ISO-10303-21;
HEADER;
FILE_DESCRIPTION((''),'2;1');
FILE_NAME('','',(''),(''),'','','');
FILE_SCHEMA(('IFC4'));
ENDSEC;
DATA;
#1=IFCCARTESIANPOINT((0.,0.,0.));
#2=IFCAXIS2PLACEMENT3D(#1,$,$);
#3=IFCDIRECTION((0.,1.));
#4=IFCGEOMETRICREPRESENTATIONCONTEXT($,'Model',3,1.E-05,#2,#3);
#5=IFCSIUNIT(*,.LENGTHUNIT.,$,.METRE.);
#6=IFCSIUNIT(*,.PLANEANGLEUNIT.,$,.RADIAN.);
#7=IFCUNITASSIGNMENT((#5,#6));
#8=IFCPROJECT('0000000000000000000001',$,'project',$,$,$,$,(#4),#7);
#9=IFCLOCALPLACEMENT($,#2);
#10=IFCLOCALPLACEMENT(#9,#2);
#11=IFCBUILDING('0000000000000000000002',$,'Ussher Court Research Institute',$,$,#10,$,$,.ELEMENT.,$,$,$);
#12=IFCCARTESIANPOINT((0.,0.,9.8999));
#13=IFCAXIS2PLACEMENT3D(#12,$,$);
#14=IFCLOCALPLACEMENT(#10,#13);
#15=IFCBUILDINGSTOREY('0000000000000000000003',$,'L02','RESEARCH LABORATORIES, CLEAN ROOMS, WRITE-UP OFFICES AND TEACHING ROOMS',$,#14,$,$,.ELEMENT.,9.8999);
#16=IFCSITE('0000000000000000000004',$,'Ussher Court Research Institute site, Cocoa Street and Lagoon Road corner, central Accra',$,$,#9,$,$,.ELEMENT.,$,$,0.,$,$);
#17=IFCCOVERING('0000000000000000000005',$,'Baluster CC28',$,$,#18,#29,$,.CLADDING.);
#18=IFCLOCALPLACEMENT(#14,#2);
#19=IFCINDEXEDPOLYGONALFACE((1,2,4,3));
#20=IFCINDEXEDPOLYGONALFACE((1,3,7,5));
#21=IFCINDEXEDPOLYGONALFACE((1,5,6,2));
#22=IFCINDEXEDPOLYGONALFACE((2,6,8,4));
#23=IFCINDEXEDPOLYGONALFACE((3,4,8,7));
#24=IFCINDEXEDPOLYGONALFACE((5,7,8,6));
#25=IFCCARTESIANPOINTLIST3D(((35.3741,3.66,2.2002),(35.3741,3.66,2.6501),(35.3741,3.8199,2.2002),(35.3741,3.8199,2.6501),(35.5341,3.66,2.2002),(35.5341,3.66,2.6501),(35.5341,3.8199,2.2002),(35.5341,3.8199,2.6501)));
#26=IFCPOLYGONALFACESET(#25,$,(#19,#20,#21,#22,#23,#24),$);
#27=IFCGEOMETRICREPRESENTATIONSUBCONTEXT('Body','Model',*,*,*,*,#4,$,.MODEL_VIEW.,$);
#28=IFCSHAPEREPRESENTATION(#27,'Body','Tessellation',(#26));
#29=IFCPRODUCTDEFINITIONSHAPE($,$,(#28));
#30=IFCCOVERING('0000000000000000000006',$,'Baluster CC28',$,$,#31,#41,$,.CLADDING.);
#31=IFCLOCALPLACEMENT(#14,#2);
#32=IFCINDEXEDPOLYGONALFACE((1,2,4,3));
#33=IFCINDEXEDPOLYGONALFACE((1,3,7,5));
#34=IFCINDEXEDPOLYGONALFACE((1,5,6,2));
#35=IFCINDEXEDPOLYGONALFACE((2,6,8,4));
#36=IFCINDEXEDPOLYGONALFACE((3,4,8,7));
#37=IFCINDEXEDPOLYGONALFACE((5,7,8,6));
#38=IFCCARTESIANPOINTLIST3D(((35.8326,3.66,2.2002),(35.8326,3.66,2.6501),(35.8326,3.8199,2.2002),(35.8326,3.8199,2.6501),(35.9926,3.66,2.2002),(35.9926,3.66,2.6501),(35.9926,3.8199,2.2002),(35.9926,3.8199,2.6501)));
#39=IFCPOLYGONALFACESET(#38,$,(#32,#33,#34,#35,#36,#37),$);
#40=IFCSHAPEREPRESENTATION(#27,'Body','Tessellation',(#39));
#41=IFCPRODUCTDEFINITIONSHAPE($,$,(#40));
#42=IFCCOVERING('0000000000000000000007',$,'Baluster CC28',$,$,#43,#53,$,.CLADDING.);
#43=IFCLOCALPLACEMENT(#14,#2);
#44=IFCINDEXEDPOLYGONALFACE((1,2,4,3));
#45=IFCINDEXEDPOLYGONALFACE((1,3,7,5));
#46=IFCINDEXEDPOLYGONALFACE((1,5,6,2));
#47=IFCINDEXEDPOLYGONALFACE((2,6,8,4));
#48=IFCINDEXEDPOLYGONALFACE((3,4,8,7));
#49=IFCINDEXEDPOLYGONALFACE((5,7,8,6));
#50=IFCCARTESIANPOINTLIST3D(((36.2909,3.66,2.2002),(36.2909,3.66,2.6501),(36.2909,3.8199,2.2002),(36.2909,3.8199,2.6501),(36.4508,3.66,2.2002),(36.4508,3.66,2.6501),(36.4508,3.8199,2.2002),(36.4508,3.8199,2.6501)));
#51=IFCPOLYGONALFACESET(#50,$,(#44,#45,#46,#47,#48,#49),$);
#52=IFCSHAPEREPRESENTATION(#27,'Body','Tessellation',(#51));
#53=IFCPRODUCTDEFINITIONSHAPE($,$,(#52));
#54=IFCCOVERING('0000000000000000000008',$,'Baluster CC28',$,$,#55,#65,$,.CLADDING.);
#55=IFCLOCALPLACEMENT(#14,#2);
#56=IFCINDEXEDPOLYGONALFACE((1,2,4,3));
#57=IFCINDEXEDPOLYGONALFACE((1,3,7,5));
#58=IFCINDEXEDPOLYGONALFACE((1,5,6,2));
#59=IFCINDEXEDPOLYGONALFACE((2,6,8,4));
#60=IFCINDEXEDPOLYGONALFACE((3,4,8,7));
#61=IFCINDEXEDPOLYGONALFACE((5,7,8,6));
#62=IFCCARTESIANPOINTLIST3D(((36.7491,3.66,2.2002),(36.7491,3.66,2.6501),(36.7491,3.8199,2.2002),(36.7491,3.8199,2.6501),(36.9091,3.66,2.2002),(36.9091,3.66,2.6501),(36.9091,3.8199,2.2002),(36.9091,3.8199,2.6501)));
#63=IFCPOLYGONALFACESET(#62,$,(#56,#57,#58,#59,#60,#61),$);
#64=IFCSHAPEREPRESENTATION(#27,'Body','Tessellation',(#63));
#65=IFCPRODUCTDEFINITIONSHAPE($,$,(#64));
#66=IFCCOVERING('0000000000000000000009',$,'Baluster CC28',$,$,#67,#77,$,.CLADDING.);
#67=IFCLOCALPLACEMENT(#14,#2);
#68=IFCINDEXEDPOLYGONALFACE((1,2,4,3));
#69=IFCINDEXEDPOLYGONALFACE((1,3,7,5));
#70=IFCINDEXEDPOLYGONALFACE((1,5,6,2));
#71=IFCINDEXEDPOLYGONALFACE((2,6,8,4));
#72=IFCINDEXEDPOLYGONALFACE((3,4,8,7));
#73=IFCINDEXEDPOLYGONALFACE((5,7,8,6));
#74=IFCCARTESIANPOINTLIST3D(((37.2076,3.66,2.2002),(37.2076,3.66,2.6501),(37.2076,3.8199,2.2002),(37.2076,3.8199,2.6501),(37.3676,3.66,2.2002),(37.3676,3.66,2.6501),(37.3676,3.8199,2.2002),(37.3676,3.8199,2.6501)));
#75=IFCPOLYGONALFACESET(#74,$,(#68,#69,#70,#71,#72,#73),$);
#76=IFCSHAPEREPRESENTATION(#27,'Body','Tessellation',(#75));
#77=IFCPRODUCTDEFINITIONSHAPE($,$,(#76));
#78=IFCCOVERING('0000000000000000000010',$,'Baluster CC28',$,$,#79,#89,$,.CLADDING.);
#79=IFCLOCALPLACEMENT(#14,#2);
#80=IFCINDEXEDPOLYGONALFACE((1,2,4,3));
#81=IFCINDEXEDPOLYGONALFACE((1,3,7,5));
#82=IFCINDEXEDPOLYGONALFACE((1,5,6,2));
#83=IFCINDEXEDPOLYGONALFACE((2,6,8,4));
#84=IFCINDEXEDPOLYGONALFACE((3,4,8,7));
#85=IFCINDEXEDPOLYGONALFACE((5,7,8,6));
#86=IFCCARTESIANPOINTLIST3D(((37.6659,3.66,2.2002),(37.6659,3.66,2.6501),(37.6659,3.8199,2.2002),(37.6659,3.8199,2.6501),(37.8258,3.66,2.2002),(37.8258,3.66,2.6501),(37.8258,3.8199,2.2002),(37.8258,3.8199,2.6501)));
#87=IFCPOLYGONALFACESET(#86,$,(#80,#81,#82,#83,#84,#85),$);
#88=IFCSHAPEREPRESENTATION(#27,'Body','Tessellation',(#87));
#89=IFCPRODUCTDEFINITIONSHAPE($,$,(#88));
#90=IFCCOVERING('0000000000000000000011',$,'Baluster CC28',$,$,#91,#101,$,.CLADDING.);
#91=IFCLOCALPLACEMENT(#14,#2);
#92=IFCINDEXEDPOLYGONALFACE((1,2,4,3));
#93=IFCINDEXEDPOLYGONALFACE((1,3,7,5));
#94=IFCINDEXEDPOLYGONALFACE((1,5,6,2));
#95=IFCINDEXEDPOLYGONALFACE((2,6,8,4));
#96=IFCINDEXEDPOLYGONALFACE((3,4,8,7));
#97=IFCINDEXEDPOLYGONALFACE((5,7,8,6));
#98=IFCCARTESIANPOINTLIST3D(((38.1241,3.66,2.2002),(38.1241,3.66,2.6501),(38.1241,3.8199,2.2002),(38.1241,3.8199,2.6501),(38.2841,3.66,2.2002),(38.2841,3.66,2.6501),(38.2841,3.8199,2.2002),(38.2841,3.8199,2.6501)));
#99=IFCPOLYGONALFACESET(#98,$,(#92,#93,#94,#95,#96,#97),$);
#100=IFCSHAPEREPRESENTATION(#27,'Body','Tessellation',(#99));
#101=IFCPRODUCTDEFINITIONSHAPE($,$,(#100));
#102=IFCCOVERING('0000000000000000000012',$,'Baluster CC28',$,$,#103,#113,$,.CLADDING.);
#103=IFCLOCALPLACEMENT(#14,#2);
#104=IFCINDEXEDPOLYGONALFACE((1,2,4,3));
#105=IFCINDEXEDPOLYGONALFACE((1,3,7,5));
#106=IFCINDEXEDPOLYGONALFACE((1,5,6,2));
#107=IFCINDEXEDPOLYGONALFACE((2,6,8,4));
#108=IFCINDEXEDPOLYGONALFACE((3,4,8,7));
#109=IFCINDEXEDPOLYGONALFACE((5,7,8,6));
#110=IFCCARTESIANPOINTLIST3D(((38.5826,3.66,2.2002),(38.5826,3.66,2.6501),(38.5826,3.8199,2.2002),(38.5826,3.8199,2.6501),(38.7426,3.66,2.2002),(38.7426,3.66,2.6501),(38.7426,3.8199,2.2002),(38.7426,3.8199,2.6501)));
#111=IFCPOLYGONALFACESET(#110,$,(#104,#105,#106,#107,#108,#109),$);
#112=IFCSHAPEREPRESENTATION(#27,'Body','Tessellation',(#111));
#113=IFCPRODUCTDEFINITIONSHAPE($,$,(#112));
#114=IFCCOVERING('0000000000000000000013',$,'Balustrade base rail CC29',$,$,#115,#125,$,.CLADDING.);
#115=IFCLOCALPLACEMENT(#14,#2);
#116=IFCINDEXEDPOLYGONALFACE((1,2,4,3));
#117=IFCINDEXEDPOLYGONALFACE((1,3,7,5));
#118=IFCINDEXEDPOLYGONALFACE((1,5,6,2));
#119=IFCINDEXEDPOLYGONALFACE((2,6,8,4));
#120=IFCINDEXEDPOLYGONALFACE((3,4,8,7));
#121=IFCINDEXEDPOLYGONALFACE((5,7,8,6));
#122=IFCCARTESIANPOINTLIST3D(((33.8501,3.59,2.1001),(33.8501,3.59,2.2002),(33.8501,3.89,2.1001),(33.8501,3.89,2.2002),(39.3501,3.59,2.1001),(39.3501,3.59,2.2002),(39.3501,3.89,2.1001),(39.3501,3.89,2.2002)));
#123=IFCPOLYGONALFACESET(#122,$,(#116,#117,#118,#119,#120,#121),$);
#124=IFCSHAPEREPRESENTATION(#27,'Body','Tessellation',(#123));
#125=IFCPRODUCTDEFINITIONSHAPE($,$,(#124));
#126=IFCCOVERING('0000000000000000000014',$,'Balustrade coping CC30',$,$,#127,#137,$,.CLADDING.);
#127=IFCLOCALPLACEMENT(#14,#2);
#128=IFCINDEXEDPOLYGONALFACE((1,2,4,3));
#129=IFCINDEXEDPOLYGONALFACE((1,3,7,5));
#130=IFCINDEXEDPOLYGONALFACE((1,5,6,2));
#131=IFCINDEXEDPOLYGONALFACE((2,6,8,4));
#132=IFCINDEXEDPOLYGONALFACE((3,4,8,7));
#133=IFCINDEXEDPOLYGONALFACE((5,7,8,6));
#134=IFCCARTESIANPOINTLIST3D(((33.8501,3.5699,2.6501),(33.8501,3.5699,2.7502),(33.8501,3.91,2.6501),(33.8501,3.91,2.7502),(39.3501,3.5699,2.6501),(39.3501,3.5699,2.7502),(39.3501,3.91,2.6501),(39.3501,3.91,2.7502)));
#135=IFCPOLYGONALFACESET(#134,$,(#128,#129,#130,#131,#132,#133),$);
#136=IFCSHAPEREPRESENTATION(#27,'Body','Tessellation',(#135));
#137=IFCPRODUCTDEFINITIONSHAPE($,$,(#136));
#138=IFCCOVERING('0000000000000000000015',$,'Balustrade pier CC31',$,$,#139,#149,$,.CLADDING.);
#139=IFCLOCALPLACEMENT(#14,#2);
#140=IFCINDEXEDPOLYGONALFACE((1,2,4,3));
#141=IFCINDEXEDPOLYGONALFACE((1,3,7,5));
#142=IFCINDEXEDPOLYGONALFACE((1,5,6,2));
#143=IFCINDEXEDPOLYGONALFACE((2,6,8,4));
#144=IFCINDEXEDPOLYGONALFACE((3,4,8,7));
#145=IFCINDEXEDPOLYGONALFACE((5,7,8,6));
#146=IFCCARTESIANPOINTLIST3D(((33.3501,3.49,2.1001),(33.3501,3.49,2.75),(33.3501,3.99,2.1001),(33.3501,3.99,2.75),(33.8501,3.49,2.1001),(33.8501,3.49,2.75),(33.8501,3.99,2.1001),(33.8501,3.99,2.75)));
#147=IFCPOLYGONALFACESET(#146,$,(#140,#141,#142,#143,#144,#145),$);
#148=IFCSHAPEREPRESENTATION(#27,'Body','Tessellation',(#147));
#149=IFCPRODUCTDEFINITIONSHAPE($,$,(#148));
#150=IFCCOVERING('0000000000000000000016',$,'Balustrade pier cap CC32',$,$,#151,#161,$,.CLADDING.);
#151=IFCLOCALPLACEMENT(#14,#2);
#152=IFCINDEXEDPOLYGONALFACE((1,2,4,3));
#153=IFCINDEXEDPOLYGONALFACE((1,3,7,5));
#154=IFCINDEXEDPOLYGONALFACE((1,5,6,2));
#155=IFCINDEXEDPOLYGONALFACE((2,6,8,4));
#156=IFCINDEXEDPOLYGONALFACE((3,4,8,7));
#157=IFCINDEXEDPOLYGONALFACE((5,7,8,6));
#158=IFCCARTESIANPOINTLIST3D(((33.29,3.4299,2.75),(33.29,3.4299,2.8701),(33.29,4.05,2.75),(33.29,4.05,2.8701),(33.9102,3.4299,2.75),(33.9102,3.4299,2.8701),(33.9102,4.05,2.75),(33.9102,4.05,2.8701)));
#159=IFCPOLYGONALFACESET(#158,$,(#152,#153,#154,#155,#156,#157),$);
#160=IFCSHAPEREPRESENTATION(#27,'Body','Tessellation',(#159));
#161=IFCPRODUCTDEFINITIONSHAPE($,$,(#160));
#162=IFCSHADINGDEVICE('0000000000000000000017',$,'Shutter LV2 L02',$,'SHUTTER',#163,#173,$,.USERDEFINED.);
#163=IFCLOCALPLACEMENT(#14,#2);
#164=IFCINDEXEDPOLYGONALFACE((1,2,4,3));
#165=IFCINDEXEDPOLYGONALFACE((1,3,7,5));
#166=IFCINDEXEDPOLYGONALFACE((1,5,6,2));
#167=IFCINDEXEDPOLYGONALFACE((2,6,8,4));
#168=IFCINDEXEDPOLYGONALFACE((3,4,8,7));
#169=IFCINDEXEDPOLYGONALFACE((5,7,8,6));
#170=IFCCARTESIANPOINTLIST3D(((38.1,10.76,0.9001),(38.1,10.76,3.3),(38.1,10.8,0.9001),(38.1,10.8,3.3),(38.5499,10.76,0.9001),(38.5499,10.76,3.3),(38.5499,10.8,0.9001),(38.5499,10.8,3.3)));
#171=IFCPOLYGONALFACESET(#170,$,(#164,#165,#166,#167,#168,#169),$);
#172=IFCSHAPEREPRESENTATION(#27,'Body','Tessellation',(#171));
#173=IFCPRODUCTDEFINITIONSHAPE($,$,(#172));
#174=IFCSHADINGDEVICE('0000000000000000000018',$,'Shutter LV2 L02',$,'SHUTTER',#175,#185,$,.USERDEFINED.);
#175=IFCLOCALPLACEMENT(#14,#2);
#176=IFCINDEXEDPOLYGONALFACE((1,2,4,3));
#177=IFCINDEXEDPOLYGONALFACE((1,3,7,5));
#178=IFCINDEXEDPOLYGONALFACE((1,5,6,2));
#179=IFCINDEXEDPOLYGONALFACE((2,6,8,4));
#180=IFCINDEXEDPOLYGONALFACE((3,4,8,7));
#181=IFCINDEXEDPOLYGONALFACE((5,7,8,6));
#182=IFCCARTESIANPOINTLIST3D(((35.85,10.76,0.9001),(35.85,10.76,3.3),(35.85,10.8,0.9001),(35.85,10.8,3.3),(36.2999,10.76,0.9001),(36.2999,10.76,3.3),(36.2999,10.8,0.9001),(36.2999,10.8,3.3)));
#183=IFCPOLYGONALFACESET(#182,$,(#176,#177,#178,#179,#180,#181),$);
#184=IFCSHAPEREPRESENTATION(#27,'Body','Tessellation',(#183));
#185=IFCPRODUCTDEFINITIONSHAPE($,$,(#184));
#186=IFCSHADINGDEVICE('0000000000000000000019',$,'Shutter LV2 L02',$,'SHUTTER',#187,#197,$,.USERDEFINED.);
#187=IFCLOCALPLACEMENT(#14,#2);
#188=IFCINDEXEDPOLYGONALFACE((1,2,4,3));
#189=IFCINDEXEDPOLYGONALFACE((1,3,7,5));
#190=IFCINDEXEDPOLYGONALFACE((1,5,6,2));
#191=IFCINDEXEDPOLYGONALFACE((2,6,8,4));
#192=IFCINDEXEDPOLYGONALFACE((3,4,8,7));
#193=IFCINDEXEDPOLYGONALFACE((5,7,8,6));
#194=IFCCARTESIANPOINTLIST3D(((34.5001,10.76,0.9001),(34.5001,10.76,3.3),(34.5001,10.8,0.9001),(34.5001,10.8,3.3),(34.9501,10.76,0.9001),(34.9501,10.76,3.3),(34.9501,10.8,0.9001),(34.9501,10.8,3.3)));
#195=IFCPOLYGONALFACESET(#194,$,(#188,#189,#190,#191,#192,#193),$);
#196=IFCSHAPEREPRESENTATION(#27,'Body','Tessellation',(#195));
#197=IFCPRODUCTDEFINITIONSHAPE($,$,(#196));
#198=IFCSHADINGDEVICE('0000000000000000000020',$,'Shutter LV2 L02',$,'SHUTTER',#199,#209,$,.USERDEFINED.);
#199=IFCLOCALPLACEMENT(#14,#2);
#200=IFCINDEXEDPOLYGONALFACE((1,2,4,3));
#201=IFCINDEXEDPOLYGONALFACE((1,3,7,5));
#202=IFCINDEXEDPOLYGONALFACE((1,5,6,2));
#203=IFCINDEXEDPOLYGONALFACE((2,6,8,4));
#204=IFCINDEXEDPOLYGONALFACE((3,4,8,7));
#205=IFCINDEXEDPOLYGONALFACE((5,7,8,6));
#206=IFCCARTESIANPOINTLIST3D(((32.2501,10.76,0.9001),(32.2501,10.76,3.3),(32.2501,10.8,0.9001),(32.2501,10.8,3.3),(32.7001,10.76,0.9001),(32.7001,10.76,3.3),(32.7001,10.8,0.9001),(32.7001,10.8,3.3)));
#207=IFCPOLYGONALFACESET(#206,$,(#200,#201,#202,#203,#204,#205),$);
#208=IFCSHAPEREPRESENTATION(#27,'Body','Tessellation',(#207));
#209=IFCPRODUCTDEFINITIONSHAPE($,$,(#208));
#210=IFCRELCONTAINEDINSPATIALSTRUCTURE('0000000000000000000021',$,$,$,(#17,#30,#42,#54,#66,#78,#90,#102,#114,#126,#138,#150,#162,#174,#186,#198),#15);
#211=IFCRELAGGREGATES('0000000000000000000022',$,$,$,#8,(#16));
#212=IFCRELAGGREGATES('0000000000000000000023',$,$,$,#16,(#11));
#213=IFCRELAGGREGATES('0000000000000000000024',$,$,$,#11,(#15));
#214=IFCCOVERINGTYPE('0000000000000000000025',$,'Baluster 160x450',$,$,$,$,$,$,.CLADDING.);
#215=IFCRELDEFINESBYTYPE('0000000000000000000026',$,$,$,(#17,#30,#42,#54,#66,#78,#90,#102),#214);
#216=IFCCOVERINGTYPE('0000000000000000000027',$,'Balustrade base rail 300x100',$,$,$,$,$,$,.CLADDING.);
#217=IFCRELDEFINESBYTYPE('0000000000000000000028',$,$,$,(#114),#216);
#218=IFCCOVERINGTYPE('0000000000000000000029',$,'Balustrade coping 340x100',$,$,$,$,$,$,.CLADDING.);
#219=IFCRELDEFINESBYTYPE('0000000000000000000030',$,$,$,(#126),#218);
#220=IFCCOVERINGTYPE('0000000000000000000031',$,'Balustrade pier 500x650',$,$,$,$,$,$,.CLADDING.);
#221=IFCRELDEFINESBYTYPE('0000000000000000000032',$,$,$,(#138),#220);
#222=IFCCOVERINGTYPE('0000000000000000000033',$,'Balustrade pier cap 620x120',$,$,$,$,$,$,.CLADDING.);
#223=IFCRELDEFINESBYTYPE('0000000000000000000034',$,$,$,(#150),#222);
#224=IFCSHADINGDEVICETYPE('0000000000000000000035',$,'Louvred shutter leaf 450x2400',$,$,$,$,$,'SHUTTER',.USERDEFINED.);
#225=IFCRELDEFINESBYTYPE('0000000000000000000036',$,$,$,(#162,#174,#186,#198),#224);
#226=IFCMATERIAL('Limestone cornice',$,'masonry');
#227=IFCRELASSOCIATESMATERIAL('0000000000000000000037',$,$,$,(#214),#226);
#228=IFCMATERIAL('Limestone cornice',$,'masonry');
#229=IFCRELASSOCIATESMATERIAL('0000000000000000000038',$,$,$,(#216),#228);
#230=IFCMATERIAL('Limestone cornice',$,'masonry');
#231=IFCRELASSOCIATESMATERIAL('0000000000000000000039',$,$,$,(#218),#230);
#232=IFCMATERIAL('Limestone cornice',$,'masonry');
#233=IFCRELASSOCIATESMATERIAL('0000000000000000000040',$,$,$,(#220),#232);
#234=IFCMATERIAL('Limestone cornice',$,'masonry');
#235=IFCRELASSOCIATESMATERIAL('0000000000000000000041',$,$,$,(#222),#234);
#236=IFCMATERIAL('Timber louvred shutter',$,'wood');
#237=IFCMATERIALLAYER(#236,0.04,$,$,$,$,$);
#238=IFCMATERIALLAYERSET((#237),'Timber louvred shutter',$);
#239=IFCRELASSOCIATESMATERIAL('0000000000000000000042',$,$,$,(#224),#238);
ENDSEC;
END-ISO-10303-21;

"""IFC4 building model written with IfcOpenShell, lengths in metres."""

from ifc_helpers import new_model, si_unit, direction, frame, origin, origin_2d, place, context, subcontext, project, spatial, rectangle, extrude, material, layer, layer_set, type_object, element, save


model = new_model("IFC4")

# Units and contexts
model_context = context("Model", 3, precision=1e-05, world=origin(), true_north=direction((0.0, 1.0)))
body_context = subcontext(model_context, "Body", "Model", "MODEL_VIEW")
ifc_project = project(units=[si_unit("LENGTHUNIT", "METRE"), si_unit("PLANEANGLEUNIT", "RADIAN")], contexts=[model_context])

# Site, building, storey
site_placement = place(None, origin())
site = spatial("IfcSite", under=ifc_project, at=site_placement, Name="Ussher Court Research Institute site, Cocoa Street and Lagoon Road corner, central Accra", CompositionType="ELEMENT", RefElevation=0.0)
building_placement = place(site_placement, origin())
building = spatial("IfcBuilding", under=site, at=building_placement, Name="Ussher Court Research Institute", CompositionType="ELEMENT")
storey_placement = place(building_placement, frame((0.0, 0.0, 9.8999)))
storey = spatial("IfcBuildingStorey", under=building, at=storey_placement, Name="L02", Description="RESEARCH LABORATORIES, CLEAN ROOMS, WRITE-UP OFFICES AND TEACHING ROOMS", CompositionType="ELEMENT", Elevation=9.8999)

# Coverings
ifc_material_1 = material(Name="Limestone cornice", Category="masonry")
covering_type_1 = type_object("IfcCoveringType", Name="Baluster 160x450", PredefinedType="CLADDING", material=ifc_material_1)
for number, where, z_axis, x_axis, name in (
    (1, (35.4541, 3.74, 2.2002), (0.0, 0.0, 1.0), (1.0, 0.0, 0.0), "Baluster CC28"),
    (2, (35.9126, 3.74, 2.2002), (0.0, 0.0, 1.0), (1.0, 0.0, 0.0), "Baluster CC28"),
    (3, (36.3708, 3.74, 2.2002), (0.0, 0.0, 1.0), (1.0, 0.0, 0.0), "Baluster CC28"),
    (4, (36.8291, 3.74, 2.2002), (0.0, 0.0, 1.0), (1.0, 0.0, 0.0), "Baluster CC28"),
    (5, (37.2876, 3.74, 2.2002), (0.0, 0.0, 1.0), (1.0, 0.0, 0.0), "Baluster CC28"),
    (6, (37.7458, 3.74, 2.2002), (0.0, 0.0, 1.0), (1.0, 0.0, 0.0), "Baluster CC28"),
    (7, (38.2041, 3.74, 2.2002), (0.0, 0.0, 1.0), (1.0, 0.0, 0.0), "Baluster CC28"),
    (8, (38.6626, 3.74, 2.2002), (0.0, 0.0, 1.0), (1.0, 0.0, 0.0), "Baluster CC28"),
):
    element("IfcCovering", number, at=place(storey_placement, frame(where, z_axis=z_axis, x_axis=x_axis)), inside=storey, type_object=covering_type_1, Name=name, PredefinedType="CLADDING", context=body_context, shape_type="SweptSolid", body=[
        extrude(rectangle(XDim=0.1599, YDim=0.1599, at=origin_2d()), origin(), (0.0, 0.0, 1.0), 0.45),
    ])
ifc_material_2 = material(Name="Limestone cornice", Category="masonry")
covering_type_2 = type_object("IfcCoveringType", Name="Balustrade base rail 300x100", PredefinedType="CLADDING", material=ifc_material_2)
covering_1_placement = place(storey_placement, frame((36.6001, 3.74, 2.1001), z_axis=(0.0, 0.0, 1.0), x_axis=(1.0, 0.0, 0.0)))
element("IfcCovering", 9, at=covering_1_placement, inside=storey, type_object=covering_type_2, Name="Balustrade base rail CC29", PredefinedType="CLADDING", context=body_context, shape_type="SweptSolid", body=[
    extrude(rectangle(XDim=5.5, YDim=0.3, at=origin_2d()), origin(), (0.0, 0.0, 1.0), 0.1001),
])
ifc_material_3 = material(Name="Limestone cornice", Category="masonry")
covering_type_3 = type_object("IfcCoveringType", Name="Balustrade coping 340x100", PredefinedType="CLADDING", material=ifc_material_3)
covering_2_placement = place(storey_placement, frame((36.6001, 3.74, 2.6501), z_axis=(0.0, 0.0, 1.0), x_axis=(1.0, 0.0, 0.0)))
element("IfcCovering", 10, at=covering_2_placement, inside=storey, type_object=covering_type_3, Name="Balustrade coping CC30", PredefinedType="CLADDING", context=body_context, shape_type="SweptSolid", body=[
    extrude(rectangle(XDim=5.5, YDim=0.3401, at=origin_2d()), origin(), (0.0, 0.0, 1.0), 0.1001),
])
ifc_material_4 = material(Name="Limestone cornice", Category="masonry")
covering_type_4 = type_object("IfcCoveringType", Name="Balustrade pier 500x650", PredefinedType="CLADDING", material=ifc_material_4)
covering_3_placement = place(storey_placement, frame((33.6001, 3.74, 2.1001), z_axis=(0.0, 0.0, 1.0), x_axis=(1.0, 0.0, 0.0)))
element("IfcCovering", 11, at=covering_3_placement, inside=storey, type_object=covering_type_4, Name="Balustrade pier CC31", PredefinedType="CLADDING", context=body_context, shape_type="SweptSolid", body=[
    extrude(rectangle(XDim=0.5, YDim=0.5, at=origin_2d()), origin(), (0.0, 0.0, 1.0), 0.6499),
])
ifc_material_5 = material(Name="Limestone cornice", Category="masonry")
covering_type_5 = type_object("IfcCoveringType", Name="Balustrade pier cap 620x120", PredefinedType="CLADDING", material=ifc_material_5)
covering_4_placement = place(storey_placement, frame((33.6001, 3.74, 2.75), z_axis=(0.0, 0.0, 1.0), x_axis=(1.0, 0.0, 0.0)))
element("IfcCovering", 12, at=covering_4_placement, inside=storey, type_object=covering_type_5, Name="Balustrade pier cap CC32", PredefinedType="CLADDING", context=body_context, shape_type="SweptSolid", body=[
    extrude(rectangle(XDim=0.6201, YDim=0.6201, at=origin_2d()), origin(), (0.0, 0.0, 1.0), 0.1201),
])

# Shading devices
ifc_material_6 = material(Name="Timber louvred shutter", Category="wood")
ifc_layer_1 = layer(ifc_material_6, 0.04)
ifc_layer_set_1 = layer_set([ifc_layer_1], Name="Timber louvred shutter")
shading_device_type = type_object("IfcShadingDeviceType", Name="Louvred shutter leaf 450x2400", ElementType="SHUTTER", PredefinedType="USERDEFINED", material=ifc_layer_set_1)
for number, where, z_axis, x_axis, name in (
    (13, (38.325, 10.78, 0.9001), (0.0, 0.0, 1.0), (-1.0, 0.0, 0.0), "Shutter LV2 L02"),
    (14, (36.075, 10.78, 0.9001), (0.0, 0.0, 1.0), (-1.0, 0.0, 0.0), "Shutter LV2 L02"),
    (15, (34.7251, 10.78, 0.9001), (0.0, 0.0, 1.0), (-1.0, 0.0, 0.0), "Shutter LV2 L02"),
    (16, (32.4751, 10.78, 0.9001), (0.0, 0.0, 1.0), (-1.0, 0.0, 0.0), "Shutter LV2 L02"),
):
    element("IfcShadingDevice", number, at=place(storey_placement, frame(where, z_axis=z_axis, x_axis=x_axis)), inside=storey, type_object=shading_device_type, Name=name, ObjectType="SHUTTER", PredefinedType="USERDEFINED", context=body_context, shape_type="SweptSolid", body=[
        extrude(rectangle(XDim=0.45, YDim=0.04, at=origin_2d()), origin(), (0.0, 0.0, 1.0), 2.3999),
    ])

save(model, "model.ifc")
